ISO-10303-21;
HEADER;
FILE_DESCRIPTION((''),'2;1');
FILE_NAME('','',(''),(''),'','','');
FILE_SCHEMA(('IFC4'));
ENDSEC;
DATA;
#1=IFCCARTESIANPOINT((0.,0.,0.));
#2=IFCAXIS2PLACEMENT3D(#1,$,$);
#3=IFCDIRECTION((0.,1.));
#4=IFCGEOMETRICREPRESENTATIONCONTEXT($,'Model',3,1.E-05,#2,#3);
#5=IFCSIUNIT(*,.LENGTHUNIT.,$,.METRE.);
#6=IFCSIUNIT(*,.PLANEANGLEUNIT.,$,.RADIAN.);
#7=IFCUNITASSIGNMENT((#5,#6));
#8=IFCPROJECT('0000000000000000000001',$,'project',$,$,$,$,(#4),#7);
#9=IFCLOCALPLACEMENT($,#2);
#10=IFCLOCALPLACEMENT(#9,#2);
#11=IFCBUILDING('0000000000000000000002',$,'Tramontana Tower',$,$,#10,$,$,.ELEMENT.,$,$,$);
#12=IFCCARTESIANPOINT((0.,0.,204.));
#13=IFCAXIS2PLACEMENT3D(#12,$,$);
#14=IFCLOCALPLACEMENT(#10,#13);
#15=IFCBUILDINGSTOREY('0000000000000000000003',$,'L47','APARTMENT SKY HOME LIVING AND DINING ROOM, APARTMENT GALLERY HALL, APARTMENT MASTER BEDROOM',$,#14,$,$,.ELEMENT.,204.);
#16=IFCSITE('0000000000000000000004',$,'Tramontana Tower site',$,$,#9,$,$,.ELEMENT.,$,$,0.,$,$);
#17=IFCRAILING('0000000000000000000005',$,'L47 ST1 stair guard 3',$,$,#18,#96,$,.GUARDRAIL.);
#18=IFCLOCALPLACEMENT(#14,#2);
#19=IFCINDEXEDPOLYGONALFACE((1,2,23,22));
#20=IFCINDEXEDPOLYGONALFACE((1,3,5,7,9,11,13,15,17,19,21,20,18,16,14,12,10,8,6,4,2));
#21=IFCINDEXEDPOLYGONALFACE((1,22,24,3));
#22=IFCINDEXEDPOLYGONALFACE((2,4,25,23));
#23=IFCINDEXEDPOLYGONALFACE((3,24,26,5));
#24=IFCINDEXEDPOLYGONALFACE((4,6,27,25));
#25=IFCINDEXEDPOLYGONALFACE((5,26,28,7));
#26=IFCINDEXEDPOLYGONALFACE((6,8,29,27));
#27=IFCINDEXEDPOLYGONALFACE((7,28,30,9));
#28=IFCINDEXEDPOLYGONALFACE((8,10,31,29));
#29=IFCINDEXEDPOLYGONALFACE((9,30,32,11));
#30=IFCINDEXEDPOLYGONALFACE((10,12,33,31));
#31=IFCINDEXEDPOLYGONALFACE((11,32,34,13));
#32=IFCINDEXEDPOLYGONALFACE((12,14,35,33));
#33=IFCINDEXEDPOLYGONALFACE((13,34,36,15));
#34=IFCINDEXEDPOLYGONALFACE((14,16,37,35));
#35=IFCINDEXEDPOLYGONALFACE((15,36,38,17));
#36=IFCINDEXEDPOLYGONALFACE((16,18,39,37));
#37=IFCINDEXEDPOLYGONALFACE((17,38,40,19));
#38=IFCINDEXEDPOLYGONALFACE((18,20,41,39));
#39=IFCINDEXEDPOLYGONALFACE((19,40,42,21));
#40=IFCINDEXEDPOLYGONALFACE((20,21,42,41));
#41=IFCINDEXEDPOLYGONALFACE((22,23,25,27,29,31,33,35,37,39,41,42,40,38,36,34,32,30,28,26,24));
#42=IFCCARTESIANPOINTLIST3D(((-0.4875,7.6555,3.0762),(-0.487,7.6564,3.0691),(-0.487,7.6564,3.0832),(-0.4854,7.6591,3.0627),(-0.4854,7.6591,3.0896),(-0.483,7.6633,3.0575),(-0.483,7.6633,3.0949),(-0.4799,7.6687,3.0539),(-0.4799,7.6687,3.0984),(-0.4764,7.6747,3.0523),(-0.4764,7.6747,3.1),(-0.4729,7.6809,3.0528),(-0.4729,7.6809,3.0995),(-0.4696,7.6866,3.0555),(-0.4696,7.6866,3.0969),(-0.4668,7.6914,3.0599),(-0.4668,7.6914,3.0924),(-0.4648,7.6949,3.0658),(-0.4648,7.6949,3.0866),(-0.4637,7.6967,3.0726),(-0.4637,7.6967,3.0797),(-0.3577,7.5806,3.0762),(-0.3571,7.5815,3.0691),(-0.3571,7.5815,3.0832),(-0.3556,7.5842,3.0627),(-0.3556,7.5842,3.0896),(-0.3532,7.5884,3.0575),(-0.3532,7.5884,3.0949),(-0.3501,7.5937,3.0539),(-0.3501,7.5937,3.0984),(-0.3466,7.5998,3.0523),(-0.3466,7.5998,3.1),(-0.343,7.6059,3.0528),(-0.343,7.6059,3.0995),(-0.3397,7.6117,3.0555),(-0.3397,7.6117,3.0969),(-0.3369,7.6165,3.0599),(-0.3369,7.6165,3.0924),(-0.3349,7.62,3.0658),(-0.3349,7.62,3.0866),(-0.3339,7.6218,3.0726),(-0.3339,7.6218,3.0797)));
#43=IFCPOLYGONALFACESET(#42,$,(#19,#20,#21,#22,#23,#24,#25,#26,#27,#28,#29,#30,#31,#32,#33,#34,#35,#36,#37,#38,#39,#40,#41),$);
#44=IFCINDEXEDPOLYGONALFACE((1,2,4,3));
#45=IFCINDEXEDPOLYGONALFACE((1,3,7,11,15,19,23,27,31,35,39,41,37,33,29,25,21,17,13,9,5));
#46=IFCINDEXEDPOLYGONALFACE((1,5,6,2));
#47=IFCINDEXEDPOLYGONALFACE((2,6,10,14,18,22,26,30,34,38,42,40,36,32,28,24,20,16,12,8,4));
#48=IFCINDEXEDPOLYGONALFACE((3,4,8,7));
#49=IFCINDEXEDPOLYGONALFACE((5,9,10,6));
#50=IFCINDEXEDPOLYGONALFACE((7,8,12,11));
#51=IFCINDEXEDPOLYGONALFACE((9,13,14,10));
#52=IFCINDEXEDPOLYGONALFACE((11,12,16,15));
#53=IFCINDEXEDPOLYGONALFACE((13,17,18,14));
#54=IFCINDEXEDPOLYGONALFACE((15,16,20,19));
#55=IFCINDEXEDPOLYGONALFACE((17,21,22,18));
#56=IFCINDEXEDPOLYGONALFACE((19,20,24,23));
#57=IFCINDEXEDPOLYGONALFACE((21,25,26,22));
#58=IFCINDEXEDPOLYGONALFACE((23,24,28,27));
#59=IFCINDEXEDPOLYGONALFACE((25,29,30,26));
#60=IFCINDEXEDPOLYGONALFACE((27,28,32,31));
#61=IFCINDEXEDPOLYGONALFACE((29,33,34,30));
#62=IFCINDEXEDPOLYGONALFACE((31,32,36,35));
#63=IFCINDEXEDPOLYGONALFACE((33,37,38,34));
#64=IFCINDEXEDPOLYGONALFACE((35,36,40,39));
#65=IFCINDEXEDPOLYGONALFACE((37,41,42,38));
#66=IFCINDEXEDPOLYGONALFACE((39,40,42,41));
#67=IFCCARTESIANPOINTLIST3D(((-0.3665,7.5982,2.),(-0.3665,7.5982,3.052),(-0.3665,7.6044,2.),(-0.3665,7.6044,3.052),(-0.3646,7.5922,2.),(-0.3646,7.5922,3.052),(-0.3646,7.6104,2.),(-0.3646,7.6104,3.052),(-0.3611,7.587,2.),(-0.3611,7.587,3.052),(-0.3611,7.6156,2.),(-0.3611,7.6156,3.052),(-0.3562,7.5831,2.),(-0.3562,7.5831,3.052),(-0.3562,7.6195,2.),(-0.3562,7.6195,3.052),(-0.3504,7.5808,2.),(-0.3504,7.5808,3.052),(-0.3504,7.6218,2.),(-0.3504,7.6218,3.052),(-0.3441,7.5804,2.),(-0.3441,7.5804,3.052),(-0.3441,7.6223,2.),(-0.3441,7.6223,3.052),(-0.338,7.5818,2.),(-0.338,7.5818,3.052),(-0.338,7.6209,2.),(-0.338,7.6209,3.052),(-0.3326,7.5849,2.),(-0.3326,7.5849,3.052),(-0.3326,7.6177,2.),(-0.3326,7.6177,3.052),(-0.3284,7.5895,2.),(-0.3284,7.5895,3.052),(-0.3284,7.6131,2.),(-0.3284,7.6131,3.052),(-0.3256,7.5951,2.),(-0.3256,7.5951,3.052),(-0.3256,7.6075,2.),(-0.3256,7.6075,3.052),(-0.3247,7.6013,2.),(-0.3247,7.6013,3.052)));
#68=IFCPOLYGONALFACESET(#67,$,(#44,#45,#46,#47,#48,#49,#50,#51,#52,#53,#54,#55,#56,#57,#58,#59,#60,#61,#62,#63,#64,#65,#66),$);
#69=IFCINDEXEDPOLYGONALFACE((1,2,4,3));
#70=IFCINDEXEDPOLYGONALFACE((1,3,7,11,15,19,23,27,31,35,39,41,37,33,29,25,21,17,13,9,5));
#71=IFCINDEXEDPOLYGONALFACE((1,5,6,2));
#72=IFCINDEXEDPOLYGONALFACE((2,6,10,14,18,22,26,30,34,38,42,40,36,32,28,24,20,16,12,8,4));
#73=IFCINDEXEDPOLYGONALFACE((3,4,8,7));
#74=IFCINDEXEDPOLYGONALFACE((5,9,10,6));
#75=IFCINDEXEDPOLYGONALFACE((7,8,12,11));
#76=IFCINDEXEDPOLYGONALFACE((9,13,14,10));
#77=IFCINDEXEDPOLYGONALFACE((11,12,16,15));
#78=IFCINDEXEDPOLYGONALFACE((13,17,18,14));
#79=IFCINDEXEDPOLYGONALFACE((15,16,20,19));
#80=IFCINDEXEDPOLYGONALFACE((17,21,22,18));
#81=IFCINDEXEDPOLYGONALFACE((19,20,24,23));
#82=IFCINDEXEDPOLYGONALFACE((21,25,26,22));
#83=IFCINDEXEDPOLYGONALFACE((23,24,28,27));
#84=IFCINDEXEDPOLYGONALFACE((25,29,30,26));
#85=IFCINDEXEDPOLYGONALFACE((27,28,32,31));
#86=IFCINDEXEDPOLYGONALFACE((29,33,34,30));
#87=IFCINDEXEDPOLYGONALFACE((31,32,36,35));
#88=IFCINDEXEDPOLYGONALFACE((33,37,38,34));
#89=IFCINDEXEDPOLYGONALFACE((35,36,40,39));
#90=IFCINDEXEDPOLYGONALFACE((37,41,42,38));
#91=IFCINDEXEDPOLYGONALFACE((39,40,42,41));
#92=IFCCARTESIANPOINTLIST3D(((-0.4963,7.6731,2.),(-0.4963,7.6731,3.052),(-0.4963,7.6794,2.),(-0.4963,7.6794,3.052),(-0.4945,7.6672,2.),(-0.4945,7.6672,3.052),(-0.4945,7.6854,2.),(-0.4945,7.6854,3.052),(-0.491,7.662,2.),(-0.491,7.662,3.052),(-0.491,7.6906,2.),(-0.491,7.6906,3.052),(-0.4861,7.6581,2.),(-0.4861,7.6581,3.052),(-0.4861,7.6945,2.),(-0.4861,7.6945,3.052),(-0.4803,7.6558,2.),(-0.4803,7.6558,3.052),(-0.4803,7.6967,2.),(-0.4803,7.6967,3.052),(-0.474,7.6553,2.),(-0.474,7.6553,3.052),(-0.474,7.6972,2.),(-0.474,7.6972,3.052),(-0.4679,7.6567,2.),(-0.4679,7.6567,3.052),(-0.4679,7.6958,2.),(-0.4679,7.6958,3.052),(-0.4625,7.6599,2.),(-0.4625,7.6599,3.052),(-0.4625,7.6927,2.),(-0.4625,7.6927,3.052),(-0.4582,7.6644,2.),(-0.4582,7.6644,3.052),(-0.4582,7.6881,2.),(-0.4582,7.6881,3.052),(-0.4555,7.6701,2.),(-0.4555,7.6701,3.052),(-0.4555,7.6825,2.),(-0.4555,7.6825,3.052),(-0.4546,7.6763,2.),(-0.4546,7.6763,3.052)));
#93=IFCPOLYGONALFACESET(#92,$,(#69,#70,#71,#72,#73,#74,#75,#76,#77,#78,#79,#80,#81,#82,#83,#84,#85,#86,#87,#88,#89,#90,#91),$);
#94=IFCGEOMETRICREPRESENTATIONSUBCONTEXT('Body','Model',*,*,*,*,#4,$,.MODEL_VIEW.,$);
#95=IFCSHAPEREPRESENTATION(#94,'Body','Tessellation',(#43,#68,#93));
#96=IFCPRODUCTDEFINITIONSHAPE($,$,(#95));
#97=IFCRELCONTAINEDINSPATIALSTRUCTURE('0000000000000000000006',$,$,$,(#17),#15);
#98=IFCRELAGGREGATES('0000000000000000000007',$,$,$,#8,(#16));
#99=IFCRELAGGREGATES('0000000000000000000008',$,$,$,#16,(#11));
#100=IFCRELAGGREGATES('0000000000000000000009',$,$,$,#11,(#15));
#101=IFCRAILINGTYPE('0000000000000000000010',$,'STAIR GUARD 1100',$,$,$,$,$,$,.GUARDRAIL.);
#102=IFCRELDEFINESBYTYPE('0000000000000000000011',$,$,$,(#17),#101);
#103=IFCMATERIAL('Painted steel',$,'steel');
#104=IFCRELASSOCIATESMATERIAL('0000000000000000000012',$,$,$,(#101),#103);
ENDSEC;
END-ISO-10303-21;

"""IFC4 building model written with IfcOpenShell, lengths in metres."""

from ifc_helpers import new_model, si_unit, direction, frame, origin, origin_2d, place, context, subcontext, project, spatial, circle, extrude, material, type_object, element, save


model = new_model("IFC4")

# Units and contexts
model_context = context("Model", 3, precision=1e-05, world=origin(), true_north=direction((0.0, 1.0)))
body_context = subcontext(model_context, "Body", "Model", "MODEL_VIEW")
ifc_project = project(units=[si_unit("LENGTHUNIT", "METRE"), si_unit("PLANEANGLEUNIT", "RADIAN")], contexts=[model_context])

# Site, building, storey
site_placement = place(None, origin())
site = spatial("IfcSite", under=ifc_project, at=site_placement, Name="Tramontana Tower site", CompositionType="ELEMENT", RefElevation=0.0)
building_placement = place(site_placement, origin())
building = spatial("IfcBuilding", under=site, at=building_placement, Name="Tramontana Tower", CompositionType="ELEMENT")
storey_placement = place(building_placement, frame((0.0, 0.0, 204.0)))
storey = spatial("IfcBuildingStorey", under=building, at=storey_placement, Name="L47", Description="APARTMENT SKY HOME LIVING AND DINING ROOM, APARTMENT GALLERY HALL, APARTMENT MASTER BEDROOM", CompositionType="ELEMENT", Elevation=204.0)

# Railing
ifc_material_1 = material(Name="Painted steel", Category="steel")
railing_type_1 = type_object("IfcRailingType", Name="STAIR GUARD 1100", PredefinedType="GUARDRAIL", material=ifc_material_1)
railing_1_placement = place(storey_placement, frame((-0.3457, 7.6013, 2.0)))
element("IfcRailing", 1, at=railing_1_placement, inside=storey, type_object=railing_type_1, Name="L47 ST1 stair guard 3", PredefinedType="GUARDRAIL", context=body_context, shape_type="SweptSolid", body=[
    extrude(circle(Radius=0.0239, at=origin_2d()), frame((0.0, 0.0, 1.0762), z_axis=(-0.866131, 0.499816, 0.0), x_axis=(-0.499816, -0.866131, 0.0)), (0.0, 0.0, 1.0), 0.1499),
    extrude(circle(Radius=0.021, at=origin_2d()), origin(), (0.0, 0.0, 1.0), 1.052),
    extrude(circle(Radius=0.021, at=origin_2d()), frame((-0.1299, 0.075, 0.0)), (0.0, 0.0, 1.0), 1.052),
])

save(model, "model.ifc")
